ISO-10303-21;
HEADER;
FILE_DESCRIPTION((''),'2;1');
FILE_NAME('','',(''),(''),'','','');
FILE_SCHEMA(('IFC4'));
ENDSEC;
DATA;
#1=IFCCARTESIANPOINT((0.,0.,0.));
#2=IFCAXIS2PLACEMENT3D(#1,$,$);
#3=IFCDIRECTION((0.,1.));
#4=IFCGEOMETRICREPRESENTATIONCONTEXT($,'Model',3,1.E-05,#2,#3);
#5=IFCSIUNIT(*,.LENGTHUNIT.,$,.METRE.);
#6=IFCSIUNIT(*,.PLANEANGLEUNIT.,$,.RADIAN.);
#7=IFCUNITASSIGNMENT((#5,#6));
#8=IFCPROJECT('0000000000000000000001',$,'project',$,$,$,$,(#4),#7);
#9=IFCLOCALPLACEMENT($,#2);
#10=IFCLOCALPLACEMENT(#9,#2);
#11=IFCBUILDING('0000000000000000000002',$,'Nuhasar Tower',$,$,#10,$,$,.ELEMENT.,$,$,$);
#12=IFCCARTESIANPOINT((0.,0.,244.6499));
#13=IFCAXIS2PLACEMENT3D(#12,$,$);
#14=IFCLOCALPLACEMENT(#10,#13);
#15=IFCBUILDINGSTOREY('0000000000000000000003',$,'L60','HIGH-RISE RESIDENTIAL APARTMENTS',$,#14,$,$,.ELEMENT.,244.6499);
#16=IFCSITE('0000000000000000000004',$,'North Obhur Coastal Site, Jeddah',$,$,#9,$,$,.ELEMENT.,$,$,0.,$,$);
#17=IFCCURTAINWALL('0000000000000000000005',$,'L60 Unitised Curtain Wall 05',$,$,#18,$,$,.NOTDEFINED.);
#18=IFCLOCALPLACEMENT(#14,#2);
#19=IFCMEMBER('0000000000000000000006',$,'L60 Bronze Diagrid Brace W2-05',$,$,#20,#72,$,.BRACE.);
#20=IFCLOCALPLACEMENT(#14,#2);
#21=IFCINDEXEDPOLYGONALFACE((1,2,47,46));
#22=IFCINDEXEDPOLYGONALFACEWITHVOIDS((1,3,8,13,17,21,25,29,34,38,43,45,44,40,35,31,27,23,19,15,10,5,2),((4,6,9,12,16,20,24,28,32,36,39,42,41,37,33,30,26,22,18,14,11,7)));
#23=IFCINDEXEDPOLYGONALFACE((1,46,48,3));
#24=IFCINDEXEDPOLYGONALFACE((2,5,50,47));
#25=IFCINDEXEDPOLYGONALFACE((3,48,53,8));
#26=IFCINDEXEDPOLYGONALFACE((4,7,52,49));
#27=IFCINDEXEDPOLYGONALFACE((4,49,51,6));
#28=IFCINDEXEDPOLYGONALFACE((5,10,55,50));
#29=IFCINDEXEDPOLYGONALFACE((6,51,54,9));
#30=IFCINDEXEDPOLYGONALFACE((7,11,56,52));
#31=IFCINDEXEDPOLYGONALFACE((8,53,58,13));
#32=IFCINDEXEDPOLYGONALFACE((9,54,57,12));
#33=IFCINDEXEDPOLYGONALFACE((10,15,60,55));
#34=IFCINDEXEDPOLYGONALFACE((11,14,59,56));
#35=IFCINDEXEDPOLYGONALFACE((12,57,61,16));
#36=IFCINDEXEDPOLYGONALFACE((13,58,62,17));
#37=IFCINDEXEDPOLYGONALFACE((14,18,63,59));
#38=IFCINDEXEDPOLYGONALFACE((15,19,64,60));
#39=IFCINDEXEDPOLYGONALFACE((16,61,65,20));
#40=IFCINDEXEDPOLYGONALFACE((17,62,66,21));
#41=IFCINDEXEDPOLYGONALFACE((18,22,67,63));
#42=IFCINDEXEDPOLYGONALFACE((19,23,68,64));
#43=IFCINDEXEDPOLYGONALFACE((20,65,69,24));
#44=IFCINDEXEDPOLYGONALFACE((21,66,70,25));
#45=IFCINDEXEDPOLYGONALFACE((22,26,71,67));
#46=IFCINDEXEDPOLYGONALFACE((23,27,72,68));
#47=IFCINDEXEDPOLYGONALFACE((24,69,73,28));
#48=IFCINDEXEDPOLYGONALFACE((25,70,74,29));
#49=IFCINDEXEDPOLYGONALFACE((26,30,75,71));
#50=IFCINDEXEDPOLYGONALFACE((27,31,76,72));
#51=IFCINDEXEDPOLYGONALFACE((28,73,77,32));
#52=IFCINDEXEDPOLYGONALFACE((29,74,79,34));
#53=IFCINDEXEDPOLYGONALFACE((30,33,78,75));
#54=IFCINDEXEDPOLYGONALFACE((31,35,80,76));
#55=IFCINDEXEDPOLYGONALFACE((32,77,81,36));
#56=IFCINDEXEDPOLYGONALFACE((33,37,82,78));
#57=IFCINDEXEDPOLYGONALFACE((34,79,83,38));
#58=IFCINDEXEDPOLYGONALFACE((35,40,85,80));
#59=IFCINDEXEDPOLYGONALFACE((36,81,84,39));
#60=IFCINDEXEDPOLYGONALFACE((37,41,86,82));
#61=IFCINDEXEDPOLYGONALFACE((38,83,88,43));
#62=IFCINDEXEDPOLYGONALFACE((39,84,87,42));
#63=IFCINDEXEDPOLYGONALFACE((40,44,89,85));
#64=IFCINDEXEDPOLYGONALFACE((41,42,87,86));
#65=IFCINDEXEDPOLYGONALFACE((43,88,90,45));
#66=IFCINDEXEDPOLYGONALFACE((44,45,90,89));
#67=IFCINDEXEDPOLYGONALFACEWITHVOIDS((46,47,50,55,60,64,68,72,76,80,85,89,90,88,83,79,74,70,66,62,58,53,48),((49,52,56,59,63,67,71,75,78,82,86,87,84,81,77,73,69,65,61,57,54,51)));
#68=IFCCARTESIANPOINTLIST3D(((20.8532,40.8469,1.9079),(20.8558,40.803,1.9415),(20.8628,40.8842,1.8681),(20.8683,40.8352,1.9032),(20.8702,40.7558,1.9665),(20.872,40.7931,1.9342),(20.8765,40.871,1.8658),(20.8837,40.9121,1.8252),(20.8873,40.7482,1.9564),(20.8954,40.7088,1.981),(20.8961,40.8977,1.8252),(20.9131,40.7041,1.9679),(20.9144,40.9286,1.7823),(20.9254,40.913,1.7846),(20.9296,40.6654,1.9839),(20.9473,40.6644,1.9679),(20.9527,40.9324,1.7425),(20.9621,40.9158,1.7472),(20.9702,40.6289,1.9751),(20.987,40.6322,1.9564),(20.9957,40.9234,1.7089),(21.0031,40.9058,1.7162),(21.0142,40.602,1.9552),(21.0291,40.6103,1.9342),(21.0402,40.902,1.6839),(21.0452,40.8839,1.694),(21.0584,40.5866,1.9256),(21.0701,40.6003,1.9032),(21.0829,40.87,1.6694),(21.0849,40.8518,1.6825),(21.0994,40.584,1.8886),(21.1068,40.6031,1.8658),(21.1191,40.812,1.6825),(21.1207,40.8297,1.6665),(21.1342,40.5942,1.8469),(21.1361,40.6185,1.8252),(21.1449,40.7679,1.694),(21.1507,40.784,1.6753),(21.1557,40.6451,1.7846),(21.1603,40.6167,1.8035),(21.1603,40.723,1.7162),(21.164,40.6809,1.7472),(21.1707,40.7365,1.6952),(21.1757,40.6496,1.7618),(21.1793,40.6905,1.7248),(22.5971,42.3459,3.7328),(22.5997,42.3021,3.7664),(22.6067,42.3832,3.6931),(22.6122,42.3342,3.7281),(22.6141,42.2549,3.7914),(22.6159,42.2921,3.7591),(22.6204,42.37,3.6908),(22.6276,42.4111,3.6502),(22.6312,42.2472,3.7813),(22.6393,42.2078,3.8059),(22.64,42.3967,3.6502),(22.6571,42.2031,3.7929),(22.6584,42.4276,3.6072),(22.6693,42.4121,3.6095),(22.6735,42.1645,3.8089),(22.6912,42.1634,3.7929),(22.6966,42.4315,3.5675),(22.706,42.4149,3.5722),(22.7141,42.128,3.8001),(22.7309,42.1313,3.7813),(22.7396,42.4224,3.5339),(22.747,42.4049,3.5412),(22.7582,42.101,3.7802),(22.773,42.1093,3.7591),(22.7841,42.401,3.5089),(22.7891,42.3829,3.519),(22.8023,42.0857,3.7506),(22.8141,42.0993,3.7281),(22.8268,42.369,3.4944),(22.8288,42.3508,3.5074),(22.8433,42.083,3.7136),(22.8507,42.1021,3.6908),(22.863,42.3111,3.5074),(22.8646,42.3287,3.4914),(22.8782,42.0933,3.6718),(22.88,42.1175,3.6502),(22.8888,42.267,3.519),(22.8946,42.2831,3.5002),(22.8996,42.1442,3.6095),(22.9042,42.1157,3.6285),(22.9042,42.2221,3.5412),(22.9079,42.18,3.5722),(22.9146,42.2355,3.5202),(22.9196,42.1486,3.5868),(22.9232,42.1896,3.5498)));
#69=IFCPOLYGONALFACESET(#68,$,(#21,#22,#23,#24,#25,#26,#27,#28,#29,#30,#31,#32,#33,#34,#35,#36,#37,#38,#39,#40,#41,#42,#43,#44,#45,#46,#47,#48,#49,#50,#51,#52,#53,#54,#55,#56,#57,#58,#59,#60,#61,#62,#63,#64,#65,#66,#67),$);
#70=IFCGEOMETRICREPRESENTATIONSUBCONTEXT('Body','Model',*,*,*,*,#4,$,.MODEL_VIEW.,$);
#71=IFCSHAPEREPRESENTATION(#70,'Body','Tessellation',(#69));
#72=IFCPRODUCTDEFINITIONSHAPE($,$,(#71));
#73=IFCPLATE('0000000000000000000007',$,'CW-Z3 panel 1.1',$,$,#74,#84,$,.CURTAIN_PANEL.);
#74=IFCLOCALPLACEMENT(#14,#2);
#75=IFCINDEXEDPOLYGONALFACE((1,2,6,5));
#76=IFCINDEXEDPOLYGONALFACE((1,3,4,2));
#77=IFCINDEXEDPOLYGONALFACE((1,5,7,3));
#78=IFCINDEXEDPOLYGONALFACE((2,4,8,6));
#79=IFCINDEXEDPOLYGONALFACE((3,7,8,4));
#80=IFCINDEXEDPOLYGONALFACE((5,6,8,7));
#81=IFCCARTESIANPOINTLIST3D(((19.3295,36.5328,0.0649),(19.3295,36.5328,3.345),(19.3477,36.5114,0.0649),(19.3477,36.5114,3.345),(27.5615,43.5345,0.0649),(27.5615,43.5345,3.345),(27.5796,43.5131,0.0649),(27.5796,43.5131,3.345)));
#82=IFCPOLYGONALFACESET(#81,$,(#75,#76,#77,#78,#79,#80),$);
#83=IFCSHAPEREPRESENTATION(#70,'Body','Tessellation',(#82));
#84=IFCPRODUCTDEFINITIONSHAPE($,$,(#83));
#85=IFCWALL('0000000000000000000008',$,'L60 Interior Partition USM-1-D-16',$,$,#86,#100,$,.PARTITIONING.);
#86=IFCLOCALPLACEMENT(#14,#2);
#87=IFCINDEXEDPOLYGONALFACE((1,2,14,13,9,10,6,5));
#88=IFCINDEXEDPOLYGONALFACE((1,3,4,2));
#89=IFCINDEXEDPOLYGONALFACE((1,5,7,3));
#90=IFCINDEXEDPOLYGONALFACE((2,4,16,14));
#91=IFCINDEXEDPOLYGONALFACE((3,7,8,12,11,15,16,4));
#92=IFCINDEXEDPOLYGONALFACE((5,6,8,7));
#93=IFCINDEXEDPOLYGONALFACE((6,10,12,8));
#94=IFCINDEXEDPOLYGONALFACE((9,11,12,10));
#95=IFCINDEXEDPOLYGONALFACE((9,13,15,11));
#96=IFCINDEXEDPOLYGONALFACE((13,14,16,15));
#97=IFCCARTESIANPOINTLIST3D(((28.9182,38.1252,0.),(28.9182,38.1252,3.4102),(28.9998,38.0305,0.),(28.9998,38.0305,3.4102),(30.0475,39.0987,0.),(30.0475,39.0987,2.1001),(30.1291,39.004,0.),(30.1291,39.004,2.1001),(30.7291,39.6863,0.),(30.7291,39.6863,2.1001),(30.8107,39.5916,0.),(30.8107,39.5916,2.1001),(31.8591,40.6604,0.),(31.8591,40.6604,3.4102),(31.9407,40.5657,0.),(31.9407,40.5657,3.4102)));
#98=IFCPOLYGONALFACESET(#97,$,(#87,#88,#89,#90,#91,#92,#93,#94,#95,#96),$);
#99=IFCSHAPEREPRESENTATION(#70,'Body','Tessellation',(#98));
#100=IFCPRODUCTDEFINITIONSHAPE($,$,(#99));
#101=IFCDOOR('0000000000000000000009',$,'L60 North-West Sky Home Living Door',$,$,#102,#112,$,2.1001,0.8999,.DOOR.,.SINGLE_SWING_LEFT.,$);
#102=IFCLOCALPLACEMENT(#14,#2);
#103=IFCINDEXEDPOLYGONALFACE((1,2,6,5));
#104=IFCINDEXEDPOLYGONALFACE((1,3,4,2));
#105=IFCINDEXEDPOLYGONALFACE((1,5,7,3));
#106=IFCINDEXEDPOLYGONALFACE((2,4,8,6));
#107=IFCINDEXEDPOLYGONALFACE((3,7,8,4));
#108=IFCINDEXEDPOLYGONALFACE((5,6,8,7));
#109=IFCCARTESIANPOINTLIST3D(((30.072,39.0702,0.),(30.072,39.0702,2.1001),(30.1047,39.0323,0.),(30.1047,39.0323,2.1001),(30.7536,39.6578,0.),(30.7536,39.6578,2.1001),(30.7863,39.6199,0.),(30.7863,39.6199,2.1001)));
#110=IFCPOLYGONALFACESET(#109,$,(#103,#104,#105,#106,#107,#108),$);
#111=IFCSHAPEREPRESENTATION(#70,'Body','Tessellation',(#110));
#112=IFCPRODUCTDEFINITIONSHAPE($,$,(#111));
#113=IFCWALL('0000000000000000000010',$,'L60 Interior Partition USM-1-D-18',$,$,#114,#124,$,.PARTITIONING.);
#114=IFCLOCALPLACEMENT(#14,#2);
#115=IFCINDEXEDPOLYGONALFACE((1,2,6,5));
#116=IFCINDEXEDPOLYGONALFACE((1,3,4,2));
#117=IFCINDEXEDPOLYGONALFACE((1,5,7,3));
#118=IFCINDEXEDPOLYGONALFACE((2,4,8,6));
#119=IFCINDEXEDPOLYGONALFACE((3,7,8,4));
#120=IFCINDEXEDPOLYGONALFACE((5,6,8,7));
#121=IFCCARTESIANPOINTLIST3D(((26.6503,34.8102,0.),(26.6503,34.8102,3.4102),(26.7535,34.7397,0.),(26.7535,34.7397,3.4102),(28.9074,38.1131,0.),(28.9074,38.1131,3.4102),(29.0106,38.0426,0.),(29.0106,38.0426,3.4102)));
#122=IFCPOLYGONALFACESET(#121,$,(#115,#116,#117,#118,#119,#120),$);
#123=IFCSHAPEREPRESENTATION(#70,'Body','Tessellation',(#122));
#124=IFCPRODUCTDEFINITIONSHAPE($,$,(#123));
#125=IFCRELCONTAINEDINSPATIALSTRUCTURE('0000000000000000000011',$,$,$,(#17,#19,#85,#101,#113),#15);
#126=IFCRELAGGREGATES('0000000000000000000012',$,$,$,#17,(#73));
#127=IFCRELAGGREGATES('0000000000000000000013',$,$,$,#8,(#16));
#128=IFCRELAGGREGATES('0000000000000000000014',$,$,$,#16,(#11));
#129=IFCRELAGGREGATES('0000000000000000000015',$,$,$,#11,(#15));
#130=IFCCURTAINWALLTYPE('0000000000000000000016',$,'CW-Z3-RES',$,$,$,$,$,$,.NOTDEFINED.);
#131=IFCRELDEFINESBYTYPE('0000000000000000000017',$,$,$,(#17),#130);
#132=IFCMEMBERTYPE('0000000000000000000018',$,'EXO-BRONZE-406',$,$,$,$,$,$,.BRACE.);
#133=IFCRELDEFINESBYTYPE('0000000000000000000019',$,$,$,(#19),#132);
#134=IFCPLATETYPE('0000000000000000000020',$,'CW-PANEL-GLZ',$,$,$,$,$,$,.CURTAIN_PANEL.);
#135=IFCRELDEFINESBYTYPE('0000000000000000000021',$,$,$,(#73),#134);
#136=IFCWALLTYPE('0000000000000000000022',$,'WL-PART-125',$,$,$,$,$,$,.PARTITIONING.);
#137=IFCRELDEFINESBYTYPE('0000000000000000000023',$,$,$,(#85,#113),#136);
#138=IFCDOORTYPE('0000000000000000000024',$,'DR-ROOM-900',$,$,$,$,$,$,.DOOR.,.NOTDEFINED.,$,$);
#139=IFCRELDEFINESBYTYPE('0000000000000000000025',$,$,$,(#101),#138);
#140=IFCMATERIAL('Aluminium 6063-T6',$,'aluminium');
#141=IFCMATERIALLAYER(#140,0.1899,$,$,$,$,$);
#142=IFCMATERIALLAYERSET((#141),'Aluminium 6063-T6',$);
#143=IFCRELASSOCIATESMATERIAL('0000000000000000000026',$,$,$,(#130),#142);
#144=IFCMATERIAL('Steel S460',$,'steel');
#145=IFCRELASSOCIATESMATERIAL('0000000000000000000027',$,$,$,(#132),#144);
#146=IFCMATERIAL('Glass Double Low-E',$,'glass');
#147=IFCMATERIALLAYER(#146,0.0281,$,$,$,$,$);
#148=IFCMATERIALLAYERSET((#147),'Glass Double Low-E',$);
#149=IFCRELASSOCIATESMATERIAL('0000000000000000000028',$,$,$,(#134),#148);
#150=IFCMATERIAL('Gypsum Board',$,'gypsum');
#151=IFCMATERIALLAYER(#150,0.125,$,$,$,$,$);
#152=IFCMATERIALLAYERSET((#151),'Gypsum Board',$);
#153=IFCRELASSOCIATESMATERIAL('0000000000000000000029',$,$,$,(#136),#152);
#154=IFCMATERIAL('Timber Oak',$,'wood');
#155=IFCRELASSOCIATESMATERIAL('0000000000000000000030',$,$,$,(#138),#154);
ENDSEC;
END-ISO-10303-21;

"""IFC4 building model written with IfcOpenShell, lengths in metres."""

from ifc_helpers import new_model, si_unit, direction, frame, frame_2d, origin, origin_2d, place, context, subcontext, project, spatial, rectangle, hollow_circle, extrude, material, layer, layer_set, material_profile, profile_set, type_object, element, fill, aggregate, save


model = new_model("IFC4")

# Units and contexts
model_context = context("Model", 3, precision=1e-05, world=origin(), true_north=direction((0.0, 1.0)))
body_context = subcontext(model_context, "Body", "Model", "MODEL_VIEW")
ifc_project = project(units=[si_unit("LENGTHUNIT", "METRE"), si_unit("PLANEANGLEUNIT", "RADIAN")], contexts=[model_context])

# Site, building, storey
site_placement = place(None, origin())
site = spatial("IfcSite", under=ifc_project, at=site_placement, Name="North Obhur Coastal Site, Jeddah", CompositionType="ELEMENT", RefElevation=0.0)
building_placement = place(site_placement, origin())
building = spatial("IfcBuilding", under=site, at=building_placement, Name="Nuhasar Tower", CompositionType="ELEMENT")
storey_placement = place(building_placement, frame((0.0, 0.0, 244.6499)))
storey = spatial("IfcBuildingStorey", under=building, at=storey_placement, Name="L60", Description="HIGH-RISE RESIDENTIAL APARTMENTS", CompositionType="ELEMENT", Elevation=244.6499)

# Shared definitions
ifc_material_1 = material(Name="Aluminium 6063-T6", Category="aluminium")
ifc_layer_1 = layer(ifc_material_1, 0.1899)
ifc_layer_set_1 = layer_set([ifc_layer_1], Name="Aluminium 6063-T6")
curtain_wall_type = type_object("IfcCurtainWallType", Name="CW-Z3-RES", PredefinedType="NOTDEFINED", material=ifc_layer_set_1)

# Curtain wall
curtain_wall_1_placement = place(storey_placement, origin())
curtain_wall_1 = element("IfcCurtainWall", 1, at=curtain_wall_1_placement, inside=storey, type_object=curtain_wall_type, Name="L60 Unitised Curtain Wall 05", PredefinedType="NOTDEFINED")

# Member
ifc_material_2 = material(Name="Steel S460", Category="steel")
ifc_material_profile_1 = material_profile(ifc_material_2, hollow_circle(Radius=0.2031, WallThickness=0.019, at=origin_2d()), Name="HSS406.4X19.1")
ifc_profile_set_1 = profile_set([ifc_material_profile_1], Name="Steel S460")
member_type_1 = type_object("IfcMemberType", Name="EXO-BRONZE-406", PredefinedType="BRACE", material=ifc_profile_set_1)
for number, where, z_axis, x_axis, name in (
    (2, (21.0161, 40.7581, 1.8252), (0.594019, 0.510608, 0.621628), (-0.651857, 0.758342, 0.0), "L60 Bronze Diagrid Brace W2-05"),
):
    element("IfcMember", number, at=place(storey_placement, frame(where, z_axis=z_axis, x_axis=x_axis)), inside=storey, type_object=member_type_1, Name=name, PredefinedType="BRACE", context=body_context, shape_type="SweptSolid", body=[
        extrude(hollow_circle(Radius=0.2031, WallThickness=0.019, at=origin_2d()), origin(), (0.0, 0.0, 1.0), 2.9358),
    ])

# Plate
ifc_material_3 = material(Name="Glass Double Low-E", Category="glass")
ifc_layer_2 = layer(ifc_material_3, 0.0281)
ifc_layer_set_2 = layer_set([ifc_layer_2], Name="Glass Double Low-E")
plate_type = type_object("IfcPlateType", Name="CW-PANEL-GLZ", PredefinedType="CURTAIN_PANEL", material=ifc_layer_set_2)
plate_placement = place(storey_placement, frame((23.4546, 40.0229, 0.0649), z_axis=(0.0, 0.0, 1.0), x_axis=(-0.761729, -0.647895, 0.0)))
plate = element("IfcPlate", 3, at=plate_placement, type_object=plate_type, Name="CW-Z3 panel 1.1", PredefinedType="CURTAIN_PANEL", context=body_context, shape_type="SweptSolid", body=[
    extrude(rectangle(XDim=10.8069, YDim=0.0281, at=origin_2d()), origin(), (0.0, 0.0, 1.0), 3.28),
])
aggregate(curtain_wall_1, [plate])

# Wall, opening, door
ifc_material_4 = material(Name="Gypsum Board", Category="gypsum")
ifc_layer_3 = layer(ifc_material_4, 0.125)
ifc_layer_set_3 = layer_set([ifc_layer_3], Name="Gypsum Board")
wall_type = type_object("IfcWallType", Name="WL-PART-125", PredefinedType="PARTITIONING", material=ifc_layer_set_3)
wall_1_placement = place(storey_placement, frame((28.959, 38.0779, 0.0), z_axis=(0.0, 0.0, 1.0), x_axis=(0.757425, 0.652922, 0.0)))
wall_1 = element("IfcWall", 4, at=wall_1_placement, inside=storey, type_object=wall_type, Name="L60 Interior Partition USM-1-D-16", PredefinedType="PARTITIONING", context=body_context, shape_type="SweptSolid", body=[
    extrude(rectangle(XDim=3.8828, YDim=0.125, at=frame_2d((1.9414, 0.0))), origin(), (0.0, 0.0, 1.0), 3.4102),
])
opening_placement = place(wall_1_placement, frame((1.491, 0.0, 0.0)))
opening = element("IfcOpeningElement", 5, at=opening_placement, cuts=wall_1, PredefinedType="OPENING", context=body_context, shape_type="SweptSolid", body=[
    extrude(rectangle(XDim=0.8999, YDim=2.1001, at=frame_2d((0.45, 1.05))), frame((0.0, 0.0725, 0.0), z_axis=(0.0, -1.0, 0.0), x_axis=(1.0, 0.0, 0.0)), (0.0, 0.0, 1.0), 0.145),
])
ifc_material_5 = material(Name="Timber Oak", Category="wood")
door_type = type_object("IfcDoorType", Name="DR-ROOM-900", OperationType="NOTDEFINED", PredefinedType="DOOR", material=ifc_material_5)
door_placement = place(opening_placement, origin())
door = element("IfcDoor", 6, at=door_placement, inside=storey, type_object=door_type, Name="L60 North-West Sky Home Living Door", OperationType="SINGLE_SWING_LEFT", OverallHeight=2.1001, OverallWidth=0.8999, PredefinedType="DOOR", context=body_context, shape_type="SweptSolid", body=[
    extrude(rectangle(XDim=0.8999, YDim=2.1001, at=frame_2d((0.45, 1.05))), frame((0.0, 0.0249, 0.0), z_axis=(0.0, -1.0, 0.0), x_axis=(1.0, 0.0, 0.0)), (0.0, 0.0, 1.0), 0.05),
])
fill(opening, door)

# Wall
wall_2_placement = place(storey_placement, frame((28.959, 38.0779, 0.0), z_axis=(0.0, 0.0, 1.0), x_axis=(-0.564198, -0.825639, 0.0)))
element("IfcWall", 7, at=wall_2_placement, inside=storey, type_object=wall_type, Name="L60 Interior Partition USM-1-D-18", PredefinedType="PARTITIONING", context=body_context, shape_type="SweptSolid", body=[
    extrude(rectangle(XDim=4.0005, YDim=0.125, at=frame_2d((2.0002, 0.0))), origin(), (0.0, 0.0, 1.0), 3.4102),
])

save(model, "model.ifc")
